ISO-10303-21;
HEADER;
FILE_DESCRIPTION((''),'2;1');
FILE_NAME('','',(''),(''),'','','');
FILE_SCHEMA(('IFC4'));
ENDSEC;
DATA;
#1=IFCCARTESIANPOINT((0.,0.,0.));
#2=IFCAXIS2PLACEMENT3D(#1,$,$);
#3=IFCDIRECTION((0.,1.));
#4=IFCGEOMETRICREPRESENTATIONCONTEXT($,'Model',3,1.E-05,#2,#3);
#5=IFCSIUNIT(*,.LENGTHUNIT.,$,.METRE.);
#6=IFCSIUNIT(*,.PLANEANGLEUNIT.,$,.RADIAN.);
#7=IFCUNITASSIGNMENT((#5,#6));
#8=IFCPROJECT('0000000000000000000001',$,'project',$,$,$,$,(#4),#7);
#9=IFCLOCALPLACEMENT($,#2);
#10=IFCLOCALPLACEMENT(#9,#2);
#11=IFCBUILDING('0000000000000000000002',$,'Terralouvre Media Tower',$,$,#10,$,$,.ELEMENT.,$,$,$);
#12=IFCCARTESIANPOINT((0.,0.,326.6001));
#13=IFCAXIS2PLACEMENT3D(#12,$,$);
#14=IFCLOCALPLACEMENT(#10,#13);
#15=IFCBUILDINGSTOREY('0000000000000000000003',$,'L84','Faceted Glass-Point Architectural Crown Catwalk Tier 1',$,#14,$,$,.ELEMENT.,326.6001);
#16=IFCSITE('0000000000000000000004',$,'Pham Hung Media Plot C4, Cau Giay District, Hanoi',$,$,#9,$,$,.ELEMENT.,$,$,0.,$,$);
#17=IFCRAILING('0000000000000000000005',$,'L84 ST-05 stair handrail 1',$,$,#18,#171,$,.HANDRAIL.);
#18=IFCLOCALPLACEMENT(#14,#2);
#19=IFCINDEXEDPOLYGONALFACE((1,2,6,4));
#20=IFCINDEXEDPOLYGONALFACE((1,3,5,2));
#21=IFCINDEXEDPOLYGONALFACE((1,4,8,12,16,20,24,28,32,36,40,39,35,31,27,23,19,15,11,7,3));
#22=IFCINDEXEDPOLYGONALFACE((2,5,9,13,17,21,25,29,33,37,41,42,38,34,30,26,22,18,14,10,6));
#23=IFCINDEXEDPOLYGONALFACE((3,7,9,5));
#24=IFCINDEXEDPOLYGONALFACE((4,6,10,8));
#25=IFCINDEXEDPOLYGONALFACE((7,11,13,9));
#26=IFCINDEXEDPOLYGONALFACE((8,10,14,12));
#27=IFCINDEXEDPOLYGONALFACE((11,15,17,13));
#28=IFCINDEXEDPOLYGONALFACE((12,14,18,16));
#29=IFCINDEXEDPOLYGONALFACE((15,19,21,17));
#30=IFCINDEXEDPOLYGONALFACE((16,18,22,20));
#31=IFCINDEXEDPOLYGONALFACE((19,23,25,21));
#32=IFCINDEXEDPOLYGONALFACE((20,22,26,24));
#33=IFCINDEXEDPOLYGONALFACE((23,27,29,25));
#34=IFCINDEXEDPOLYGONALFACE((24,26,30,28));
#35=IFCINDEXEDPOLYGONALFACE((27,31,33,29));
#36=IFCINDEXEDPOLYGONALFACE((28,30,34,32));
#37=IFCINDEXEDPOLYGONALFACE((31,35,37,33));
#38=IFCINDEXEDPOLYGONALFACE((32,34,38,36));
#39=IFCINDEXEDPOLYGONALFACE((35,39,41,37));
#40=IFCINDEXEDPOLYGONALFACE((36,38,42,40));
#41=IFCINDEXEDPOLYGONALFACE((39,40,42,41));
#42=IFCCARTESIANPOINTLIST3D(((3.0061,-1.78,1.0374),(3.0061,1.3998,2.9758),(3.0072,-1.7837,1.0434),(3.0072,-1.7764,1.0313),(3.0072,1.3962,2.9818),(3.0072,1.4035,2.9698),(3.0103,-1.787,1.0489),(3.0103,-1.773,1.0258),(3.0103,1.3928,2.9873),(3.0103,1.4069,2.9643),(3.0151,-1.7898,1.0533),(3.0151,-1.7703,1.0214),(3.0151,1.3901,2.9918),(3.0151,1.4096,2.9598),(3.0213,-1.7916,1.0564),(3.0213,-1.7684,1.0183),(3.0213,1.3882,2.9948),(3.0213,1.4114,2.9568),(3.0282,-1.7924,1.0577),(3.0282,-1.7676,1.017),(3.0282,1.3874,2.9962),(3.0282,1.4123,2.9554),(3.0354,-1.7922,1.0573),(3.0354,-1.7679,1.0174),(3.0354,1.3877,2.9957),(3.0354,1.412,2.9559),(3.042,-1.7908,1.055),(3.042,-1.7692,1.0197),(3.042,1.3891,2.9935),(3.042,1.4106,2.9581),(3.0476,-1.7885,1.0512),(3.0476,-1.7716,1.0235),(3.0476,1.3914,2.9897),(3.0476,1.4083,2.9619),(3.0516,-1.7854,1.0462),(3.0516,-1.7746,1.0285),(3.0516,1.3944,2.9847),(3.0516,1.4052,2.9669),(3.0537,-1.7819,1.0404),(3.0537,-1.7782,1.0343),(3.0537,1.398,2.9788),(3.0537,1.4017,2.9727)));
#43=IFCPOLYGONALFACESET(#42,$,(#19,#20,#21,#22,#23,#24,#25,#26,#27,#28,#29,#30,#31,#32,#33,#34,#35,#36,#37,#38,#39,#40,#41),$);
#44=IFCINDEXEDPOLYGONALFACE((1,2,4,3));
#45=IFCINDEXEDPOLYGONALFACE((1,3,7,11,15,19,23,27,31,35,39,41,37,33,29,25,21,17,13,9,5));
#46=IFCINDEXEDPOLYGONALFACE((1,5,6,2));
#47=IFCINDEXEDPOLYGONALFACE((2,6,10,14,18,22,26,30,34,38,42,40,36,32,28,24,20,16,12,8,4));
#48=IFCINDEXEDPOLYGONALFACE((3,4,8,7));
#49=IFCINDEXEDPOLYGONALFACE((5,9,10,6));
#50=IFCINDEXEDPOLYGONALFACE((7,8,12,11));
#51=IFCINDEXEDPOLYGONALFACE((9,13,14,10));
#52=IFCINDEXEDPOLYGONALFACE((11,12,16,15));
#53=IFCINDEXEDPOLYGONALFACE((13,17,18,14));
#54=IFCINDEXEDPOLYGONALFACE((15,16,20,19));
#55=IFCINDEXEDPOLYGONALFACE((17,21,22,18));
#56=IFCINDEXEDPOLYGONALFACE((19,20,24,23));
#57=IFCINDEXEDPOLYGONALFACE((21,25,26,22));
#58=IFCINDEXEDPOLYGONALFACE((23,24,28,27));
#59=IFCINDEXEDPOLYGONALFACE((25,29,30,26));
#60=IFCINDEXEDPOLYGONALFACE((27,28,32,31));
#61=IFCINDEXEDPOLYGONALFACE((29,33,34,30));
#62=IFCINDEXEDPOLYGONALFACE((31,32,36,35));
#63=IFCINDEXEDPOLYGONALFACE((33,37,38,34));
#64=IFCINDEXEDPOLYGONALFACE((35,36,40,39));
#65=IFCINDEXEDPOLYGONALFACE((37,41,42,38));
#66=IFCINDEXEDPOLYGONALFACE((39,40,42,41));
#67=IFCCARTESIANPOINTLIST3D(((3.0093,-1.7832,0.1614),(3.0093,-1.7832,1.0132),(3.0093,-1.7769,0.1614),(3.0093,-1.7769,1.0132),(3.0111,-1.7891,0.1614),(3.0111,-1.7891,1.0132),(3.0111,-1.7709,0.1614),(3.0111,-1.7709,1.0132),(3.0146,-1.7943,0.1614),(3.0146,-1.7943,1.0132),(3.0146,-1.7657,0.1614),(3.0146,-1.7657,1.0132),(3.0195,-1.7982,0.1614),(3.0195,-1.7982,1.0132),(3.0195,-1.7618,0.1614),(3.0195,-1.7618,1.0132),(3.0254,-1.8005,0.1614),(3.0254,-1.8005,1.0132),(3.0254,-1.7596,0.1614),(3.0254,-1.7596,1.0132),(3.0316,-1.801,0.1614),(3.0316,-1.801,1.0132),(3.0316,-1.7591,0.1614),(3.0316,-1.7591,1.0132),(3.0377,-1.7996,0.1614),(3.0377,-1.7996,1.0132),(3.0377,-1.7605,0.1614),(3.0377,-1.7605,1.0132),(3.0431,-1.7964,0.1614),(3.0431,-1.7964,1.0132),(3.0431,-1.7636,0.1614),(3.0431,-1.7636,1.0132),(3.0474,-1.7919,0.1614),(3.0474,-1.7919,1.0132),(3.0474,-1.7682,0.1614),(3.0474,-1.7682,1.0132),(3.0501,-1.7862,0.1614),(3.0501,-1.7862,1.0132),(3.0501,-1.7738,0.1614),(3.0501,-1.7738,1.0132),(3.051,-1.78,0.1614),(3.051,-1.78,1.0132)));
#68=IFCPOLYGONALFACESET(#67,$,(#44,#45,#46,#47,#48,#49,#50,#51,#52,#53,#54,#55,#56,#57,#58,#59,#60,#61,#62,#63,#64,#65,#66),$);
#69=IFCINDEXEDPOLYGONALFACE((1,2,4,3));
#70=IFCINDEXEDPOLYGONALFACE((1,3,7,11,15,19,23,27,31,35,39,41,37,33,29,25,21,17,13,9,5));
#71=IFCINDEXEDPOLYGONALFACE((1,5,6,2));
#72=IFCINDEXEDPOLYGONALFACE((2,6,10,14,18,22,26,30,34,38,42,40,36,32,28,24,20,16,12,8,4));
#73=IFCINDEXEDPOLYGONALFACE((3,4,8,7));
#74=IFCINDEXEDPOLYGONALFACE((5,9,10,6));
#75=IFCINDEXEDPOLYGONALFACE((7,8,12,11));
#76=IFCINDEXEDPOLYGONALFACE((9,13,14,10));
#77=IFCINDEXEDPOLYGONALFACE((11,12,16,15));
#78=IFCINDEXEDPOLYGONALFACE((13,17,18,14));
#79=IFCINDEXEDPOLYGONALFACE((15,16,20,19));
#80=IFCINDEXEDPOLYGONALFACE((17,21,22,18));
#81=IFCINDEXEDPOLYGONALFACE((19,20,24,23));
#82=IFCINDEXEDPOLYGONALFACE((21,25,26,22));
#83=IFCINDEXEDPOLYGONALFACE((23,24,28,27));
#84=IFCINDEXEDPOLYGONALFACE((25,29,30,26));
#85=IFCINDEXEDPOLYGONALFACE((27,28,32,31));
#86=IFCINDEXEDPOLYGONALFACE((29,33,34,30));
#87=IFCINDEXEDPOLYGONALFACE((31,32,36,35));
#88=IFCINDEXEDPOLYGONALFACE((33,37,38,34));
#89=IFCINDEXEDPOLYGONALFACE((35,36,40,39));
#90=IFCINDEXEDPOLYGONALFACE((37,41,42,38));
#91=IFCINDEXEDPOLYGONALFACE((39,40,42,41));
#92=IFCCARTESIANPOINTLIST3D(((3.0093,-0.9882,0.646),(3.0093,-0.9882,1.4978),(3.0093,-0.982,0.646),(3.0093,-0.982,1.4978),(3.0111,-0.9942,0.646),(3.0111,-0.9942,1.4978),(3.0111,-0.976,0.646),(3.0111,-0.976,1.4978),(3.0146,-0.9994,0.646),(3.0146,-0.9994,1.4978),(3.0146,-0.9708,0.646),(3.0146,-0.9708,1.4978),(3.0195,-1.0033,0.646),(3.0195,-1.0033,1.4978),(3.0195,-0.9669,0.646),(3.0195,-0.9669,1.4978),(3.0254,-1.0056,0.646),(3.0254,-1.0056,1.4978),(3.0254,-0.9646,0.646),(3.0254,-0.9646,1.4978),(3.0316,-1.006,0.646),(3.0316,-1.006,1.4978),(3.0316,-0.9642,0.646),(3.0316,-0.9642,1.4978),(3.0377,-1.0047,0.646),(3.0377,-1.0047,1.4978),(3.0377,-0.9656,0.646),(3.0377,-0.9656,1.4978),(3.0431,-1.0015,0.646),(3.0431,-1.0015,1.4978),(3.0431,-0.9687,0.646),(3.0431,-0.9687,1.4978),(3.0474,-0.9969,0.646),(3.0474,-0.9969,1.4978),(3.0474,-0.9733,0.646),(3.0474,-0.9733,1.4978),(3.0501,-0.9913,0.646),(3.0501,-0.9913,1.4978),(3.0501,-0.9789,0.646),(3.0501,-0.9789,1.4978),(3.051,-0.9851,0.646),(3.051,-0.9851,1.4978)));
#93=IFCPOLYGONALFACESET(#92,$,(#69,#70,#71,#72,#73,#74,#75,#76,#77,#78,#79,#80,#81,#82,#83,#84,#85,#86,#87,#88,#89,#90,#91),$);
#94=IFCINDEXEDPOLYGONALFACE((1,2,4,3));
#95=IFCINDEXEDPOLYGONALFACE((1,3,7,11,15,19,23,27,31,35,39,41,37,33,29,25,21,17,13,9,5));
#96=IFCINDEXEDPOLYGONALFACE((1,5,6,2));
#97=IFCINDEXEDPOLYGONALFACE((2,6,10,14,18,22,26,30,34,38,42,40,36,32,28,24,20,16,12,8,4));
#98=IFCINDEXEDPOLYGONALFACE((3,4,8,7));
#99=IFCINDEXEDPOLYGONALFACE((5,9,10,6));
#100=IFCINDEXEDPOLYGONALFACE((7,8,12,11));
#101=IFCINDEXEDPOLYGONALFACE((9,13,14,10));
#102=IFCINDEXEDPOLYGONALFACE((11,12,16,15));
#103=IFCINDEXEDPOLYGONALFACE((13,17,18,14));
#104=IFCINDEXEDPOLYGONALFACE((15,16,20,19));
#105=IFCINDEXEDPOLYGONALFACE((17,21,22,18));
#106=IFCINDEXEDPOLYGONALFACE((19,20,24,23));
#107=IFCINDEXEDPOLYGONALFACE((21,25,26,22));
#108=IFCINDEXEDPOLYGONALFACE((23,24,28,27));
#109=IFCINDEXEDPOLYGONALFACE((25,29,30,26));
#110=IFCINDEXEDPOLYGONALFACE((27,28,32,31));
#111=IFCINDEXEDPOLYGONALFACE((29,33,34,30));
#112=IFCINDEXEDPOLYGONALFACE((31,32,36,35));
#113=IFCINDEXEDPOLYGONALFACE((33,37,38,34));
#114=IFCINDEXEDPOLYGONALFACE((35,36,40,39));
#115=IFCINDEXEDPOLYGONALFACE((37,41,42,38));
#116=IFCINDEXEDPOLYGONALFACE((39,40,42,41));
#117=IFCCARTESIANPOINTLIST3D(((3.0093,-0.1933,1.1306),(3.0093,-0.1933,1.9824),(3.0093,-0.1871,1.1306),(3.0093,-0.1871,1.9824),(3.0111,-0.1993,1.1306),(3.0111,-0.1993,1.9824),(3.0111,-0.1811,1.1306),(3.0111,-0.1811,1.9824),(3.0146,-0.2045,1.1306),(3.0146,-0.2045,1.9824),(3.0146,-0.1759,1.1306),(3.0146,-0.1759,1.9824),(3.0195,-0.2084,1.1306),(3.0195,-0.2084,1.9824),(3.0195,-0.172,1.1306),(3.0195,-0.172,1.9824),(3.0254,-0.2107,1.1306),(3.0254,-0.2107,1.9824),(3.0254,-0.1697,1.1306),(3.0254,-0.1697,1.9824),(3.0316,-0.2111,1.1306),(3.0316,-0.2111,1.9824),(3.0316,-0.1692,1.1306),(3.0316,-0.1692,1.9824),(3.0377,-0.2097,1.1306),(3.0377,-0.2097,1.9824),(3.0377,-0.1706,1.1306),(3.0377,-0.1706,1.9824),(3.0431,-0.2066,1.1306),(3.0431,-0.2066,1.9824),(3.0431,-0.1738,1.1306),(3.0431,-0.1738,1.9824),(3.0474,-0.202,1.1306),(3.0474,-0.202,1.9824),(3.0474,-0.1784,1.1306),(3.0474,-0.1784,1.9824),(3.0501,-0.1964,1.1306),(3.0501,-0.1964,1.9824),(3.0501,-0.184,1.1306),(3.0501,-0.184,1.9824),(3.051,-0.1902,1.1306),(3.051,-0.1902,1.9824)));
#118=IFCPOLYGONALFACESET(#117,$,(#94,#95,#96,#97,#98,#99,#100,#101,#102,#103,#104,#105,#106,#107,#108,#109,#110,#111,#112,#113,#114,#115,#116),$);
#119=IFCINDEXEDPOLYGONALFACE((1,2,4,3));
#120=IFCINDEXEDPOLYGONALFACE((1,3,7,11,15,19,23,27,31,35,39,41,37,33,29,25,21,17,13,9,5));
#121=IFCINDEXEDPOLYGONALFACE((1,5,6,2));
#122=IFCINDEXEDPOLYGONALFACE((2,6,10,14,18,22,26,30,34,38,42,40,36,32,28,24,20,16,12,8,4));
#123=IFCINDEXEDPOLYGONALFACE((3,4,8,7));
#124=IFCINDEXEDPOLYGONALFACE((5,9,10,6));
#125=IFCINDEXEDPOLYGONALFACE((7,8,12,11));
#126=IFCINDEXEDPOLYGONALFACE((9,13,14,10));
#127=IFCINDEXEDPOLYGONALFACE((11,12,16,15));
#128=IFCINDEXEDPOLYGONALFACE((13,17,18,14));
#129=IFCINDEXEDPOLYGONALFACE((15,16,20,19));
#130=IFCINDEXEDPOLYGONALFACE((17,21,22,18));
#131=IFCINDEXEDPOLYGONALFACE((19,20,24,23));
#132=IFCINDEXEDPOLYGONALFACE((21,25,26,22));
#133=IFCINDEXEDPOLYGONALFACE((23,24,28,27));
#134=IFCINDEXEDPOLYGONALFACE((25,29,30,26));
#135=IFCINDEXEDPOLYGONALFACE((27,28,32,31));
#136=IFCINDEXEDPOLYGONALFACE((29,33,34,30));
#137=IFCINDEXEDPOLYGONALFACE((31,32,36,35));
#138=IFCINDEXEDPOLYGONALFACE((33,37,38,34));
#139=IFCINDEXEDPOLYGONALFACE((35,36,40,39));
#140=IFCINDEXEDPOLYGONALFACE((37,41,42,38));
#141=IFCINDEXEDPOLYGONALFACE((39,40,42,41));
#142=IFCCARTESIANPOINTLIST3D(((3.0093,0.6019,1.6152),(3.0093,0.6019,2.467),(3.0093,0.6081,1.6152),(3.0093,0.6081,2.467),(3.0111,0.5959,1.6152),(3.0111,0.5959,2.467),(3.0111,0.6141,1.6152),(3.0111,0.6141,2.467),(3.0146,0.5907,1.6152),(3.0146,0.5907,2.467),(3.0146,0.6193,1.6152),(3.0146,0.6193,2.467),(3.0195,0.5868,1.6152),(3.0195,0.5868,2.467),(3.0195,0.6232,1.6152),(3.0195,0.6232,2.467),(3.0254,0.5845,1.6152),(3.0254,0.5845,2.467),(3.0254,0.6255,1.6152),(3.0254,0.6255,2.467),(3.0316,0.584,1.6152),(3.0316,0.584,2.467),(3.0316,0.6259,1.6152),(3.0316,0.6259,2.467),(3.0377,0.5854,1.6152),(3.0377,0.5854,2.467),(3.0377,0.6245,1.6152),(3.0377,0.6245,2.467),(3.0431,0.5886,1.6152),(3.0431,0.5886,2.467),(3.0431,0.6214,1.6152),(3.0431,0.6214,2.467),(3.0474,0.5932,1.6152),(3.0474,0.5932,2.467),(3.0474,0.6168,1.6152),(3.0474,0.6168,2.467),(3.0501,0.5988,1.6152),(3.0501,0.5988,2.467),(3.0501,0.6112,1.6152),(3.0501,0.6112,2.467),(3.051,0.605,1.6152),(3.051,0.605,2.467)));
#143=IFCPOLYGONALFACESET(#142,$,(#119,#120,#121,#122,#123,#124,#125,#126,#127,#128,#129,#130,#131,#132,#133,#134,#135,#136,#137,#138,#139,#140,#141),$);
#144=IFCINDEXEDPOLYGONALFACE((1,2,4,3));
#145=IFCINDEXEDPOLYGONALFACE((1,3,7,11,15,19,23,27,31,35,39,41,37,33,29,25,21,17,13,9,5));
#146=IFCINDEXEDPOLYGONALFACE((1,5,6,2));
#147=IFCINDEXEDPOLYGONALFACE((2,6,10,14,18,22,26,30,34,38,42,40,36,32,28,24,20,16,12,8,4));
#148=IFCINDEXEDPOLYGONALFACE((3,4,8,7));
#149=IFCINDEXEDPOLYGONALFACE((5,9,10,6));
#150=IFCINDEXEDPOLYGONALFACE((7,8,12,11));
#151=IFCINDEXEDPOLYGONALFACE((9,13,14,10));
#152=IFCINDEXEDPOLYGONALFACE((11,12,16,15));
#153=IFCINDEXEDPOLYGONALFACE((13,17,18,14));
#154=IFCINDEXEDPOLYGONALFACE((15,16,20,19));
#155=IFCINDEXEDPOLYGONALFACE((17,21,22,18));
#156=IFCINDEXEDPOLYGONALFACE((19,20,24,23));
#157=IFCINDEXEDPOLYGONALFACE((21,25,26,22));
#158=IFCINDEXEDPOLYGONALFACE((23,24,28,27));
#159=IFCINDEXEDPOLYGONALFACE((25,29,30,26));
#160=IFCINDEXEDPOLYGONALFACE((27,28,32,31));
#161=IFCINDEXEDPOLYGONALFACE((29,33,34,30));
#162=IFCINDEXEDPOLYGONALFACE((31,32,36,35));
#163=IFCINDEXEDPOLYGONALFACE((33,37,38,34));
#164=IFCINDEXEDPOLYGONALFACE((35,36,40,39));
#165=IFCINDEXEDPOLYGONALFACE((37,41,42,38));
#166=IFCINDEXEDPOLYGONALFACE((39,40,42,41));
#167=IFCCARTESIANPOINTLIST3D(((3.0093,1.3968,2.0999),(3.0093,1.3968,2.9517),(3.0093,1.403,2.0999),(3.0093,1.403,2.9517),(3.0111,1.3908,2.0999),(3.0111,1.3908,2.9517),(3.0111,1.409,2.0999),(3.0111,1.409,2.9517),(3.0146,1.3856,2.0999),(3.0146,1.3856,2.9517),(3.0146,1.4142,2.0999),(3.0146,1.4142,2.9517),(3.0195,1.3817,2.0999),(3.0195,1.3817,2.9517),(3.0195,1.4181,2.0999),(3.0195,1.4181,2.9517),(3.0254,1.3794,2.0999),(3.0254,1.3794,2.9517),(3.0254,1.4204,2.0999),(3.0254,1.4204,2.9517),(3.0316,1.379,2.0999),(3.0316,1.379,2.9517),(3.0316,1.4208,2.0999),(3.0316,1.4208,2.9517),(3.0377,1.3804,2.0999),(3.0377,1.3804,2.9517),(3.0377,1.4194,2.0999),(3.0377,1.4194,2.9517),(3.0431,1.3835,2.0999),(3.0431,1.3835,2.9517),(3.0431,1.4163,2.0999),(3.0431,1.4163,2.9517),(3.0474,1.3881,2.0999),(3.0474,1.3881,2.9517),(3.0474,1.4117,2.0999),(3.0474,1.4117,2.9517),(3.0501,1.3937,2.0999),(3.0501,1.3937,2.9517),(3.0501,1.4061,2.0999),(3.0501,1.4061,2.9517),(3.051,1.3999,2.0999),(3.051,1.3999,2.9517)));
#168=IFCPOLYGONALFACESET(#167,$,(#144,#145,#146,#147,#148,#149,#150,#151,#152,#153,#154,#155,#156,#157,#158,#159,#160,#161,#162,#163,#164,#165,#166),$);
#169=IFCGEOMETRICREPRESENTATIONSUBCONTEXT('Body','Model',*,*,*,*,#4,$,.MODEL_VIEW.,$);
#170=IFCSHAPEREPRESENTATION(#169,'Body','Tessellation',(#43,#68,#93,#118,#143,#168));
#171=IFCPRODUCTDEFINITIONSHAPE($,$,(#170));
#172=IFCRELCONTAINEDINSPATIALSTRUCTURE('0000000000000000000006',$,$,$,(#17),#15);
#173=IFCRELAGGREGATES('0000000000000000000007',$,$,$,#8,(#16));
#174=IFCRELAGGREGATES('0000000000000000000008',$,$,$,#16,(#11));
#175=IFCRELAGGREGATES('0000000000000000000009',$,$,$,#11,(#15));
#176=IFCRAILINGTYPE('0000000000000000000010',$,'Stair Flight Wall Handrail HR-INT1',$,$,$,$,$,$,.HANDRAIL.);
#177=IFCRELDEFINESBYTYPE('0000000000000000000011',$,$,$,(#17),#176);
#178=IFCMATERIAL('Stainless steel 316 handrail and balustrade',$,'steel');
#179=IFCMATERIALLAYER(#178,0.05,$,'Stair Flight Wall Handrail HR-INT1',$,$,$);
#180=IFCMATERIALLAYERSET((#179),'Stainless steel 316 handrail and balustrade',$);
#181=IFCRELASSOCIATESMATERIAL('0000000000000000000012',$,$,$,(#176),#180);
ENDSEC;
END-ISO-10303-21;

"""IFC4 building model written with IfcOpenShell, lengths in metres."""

from ifc_helpers import new_model, si_unit, direction, frame, origin, origin_2d, place, context, subcontext, project, spatial, circle, extrude, material, layer, layer_set, type_object, element, save


model = new_model("IFC4")

# Units and contexts
model_context = context("Model", 3, precision=1e-05, world=origin(), true_north=direction((0.0, 1.0)))
body_context = subcontext(model_context, "Body", "Model", "MODEL_VIEW")
ifc_project = project(units=[si_unit("LENGTHUNIT", "METRE"), si_unit("PLANEANGLEUNIT", "RADIAN")], contexts=[model_context])

# Site, building, storey
site_placement = place(None, origin())
site = spatial("IfcSite", under=ifc_project, at=site_placement, Name="Pham Hung Media Plot C4, Cau Giay District, Hanoi", CompositionType="ELEMENT", RefElevation=0.0)
building_placement = place(site_placement, origin())
building = spatial("IfcBuilding", under=site, at=building_placement, Name="Terralouvre Media Tower", CompositionType="ELEMENT")
storey_placement = place(building_placement, frame((0.0, 0.0, 326.6001)))
storey = spatial("IfcBuildingStorey", under=building, at=storey_placement, Name="L84", Description="Faceted Glass-Point Architectural Crown Catwalk Tier 1", CompositionType="ELEMENT", Elevation=326.6001)

# Railing
ifc_material_1 = material(Name="Stainless steel 316 handrail and balustrade", Category="steel")
ifc_layer_1 = layer(ifc_material_1, 0.05, Name="Stair Flight Wall Handrail HR-INT1")
ifc_layer_set_1 = layer_set([ifc_layer_1], Name="Stainless steel 316 handrail and balustrade")
railing_type_1 = type_object("IfcRailingType", Name="Stair Flight Wall Handrail HR-INT1", PredefinedType="HANDRAIL", material=ifc_layer_set_1)
railing_1_placement = place(storey_placement, frame((3.03, -1.78, 0.1614)))
element("IfcRailing", 1, at=railing_1_placement, inside=storey, type_object=railing_type_1, Name="L84 ST-05 stair handrail 1", PredefinedType="HANDRAIL", context=body_context, shape_type="SweptSolid", body=[
    extrude(circle(Radius=0.0239, at=origin_2d()), frame((0.0, 0.0, 0.876), z_axis=(0.0, 0.853857, 0.520508), x_axis=(-1.0, 0.0, 0.0)), (0.0, 0.0, 1.0), 3.7241),
    extrude(circle(Radius=0.021, at=origin_2d()), origin(), (0.0, 0.0, 1.0), 0.8518),
    extrude(circle(Radius=0.021, at=origin_2d()), frame((0.0, 0.7949, 0.4846)), (0.0, 0.0, 1.0), 0.8518),
    extrude(circle(Radius=0.021, at=origin_2d()), frame((0.0, 1.5898, 0.9692)), (0.0, 0.0, 1.0), 0.8518),
    extrude(circle(Radius=0.021, at=origin_2d()), frame((0.0, 2.385, 1.4539)), (0.0, 0.0, 1.0), 0.8518),
    extrude(circle(Radius=0.021, at=origin_2d()), frame((0.0, 3.1799, 1.9385)), (0.0, 0.0, 1.0), 0.8518),
])

save(model, "model.ifc")
